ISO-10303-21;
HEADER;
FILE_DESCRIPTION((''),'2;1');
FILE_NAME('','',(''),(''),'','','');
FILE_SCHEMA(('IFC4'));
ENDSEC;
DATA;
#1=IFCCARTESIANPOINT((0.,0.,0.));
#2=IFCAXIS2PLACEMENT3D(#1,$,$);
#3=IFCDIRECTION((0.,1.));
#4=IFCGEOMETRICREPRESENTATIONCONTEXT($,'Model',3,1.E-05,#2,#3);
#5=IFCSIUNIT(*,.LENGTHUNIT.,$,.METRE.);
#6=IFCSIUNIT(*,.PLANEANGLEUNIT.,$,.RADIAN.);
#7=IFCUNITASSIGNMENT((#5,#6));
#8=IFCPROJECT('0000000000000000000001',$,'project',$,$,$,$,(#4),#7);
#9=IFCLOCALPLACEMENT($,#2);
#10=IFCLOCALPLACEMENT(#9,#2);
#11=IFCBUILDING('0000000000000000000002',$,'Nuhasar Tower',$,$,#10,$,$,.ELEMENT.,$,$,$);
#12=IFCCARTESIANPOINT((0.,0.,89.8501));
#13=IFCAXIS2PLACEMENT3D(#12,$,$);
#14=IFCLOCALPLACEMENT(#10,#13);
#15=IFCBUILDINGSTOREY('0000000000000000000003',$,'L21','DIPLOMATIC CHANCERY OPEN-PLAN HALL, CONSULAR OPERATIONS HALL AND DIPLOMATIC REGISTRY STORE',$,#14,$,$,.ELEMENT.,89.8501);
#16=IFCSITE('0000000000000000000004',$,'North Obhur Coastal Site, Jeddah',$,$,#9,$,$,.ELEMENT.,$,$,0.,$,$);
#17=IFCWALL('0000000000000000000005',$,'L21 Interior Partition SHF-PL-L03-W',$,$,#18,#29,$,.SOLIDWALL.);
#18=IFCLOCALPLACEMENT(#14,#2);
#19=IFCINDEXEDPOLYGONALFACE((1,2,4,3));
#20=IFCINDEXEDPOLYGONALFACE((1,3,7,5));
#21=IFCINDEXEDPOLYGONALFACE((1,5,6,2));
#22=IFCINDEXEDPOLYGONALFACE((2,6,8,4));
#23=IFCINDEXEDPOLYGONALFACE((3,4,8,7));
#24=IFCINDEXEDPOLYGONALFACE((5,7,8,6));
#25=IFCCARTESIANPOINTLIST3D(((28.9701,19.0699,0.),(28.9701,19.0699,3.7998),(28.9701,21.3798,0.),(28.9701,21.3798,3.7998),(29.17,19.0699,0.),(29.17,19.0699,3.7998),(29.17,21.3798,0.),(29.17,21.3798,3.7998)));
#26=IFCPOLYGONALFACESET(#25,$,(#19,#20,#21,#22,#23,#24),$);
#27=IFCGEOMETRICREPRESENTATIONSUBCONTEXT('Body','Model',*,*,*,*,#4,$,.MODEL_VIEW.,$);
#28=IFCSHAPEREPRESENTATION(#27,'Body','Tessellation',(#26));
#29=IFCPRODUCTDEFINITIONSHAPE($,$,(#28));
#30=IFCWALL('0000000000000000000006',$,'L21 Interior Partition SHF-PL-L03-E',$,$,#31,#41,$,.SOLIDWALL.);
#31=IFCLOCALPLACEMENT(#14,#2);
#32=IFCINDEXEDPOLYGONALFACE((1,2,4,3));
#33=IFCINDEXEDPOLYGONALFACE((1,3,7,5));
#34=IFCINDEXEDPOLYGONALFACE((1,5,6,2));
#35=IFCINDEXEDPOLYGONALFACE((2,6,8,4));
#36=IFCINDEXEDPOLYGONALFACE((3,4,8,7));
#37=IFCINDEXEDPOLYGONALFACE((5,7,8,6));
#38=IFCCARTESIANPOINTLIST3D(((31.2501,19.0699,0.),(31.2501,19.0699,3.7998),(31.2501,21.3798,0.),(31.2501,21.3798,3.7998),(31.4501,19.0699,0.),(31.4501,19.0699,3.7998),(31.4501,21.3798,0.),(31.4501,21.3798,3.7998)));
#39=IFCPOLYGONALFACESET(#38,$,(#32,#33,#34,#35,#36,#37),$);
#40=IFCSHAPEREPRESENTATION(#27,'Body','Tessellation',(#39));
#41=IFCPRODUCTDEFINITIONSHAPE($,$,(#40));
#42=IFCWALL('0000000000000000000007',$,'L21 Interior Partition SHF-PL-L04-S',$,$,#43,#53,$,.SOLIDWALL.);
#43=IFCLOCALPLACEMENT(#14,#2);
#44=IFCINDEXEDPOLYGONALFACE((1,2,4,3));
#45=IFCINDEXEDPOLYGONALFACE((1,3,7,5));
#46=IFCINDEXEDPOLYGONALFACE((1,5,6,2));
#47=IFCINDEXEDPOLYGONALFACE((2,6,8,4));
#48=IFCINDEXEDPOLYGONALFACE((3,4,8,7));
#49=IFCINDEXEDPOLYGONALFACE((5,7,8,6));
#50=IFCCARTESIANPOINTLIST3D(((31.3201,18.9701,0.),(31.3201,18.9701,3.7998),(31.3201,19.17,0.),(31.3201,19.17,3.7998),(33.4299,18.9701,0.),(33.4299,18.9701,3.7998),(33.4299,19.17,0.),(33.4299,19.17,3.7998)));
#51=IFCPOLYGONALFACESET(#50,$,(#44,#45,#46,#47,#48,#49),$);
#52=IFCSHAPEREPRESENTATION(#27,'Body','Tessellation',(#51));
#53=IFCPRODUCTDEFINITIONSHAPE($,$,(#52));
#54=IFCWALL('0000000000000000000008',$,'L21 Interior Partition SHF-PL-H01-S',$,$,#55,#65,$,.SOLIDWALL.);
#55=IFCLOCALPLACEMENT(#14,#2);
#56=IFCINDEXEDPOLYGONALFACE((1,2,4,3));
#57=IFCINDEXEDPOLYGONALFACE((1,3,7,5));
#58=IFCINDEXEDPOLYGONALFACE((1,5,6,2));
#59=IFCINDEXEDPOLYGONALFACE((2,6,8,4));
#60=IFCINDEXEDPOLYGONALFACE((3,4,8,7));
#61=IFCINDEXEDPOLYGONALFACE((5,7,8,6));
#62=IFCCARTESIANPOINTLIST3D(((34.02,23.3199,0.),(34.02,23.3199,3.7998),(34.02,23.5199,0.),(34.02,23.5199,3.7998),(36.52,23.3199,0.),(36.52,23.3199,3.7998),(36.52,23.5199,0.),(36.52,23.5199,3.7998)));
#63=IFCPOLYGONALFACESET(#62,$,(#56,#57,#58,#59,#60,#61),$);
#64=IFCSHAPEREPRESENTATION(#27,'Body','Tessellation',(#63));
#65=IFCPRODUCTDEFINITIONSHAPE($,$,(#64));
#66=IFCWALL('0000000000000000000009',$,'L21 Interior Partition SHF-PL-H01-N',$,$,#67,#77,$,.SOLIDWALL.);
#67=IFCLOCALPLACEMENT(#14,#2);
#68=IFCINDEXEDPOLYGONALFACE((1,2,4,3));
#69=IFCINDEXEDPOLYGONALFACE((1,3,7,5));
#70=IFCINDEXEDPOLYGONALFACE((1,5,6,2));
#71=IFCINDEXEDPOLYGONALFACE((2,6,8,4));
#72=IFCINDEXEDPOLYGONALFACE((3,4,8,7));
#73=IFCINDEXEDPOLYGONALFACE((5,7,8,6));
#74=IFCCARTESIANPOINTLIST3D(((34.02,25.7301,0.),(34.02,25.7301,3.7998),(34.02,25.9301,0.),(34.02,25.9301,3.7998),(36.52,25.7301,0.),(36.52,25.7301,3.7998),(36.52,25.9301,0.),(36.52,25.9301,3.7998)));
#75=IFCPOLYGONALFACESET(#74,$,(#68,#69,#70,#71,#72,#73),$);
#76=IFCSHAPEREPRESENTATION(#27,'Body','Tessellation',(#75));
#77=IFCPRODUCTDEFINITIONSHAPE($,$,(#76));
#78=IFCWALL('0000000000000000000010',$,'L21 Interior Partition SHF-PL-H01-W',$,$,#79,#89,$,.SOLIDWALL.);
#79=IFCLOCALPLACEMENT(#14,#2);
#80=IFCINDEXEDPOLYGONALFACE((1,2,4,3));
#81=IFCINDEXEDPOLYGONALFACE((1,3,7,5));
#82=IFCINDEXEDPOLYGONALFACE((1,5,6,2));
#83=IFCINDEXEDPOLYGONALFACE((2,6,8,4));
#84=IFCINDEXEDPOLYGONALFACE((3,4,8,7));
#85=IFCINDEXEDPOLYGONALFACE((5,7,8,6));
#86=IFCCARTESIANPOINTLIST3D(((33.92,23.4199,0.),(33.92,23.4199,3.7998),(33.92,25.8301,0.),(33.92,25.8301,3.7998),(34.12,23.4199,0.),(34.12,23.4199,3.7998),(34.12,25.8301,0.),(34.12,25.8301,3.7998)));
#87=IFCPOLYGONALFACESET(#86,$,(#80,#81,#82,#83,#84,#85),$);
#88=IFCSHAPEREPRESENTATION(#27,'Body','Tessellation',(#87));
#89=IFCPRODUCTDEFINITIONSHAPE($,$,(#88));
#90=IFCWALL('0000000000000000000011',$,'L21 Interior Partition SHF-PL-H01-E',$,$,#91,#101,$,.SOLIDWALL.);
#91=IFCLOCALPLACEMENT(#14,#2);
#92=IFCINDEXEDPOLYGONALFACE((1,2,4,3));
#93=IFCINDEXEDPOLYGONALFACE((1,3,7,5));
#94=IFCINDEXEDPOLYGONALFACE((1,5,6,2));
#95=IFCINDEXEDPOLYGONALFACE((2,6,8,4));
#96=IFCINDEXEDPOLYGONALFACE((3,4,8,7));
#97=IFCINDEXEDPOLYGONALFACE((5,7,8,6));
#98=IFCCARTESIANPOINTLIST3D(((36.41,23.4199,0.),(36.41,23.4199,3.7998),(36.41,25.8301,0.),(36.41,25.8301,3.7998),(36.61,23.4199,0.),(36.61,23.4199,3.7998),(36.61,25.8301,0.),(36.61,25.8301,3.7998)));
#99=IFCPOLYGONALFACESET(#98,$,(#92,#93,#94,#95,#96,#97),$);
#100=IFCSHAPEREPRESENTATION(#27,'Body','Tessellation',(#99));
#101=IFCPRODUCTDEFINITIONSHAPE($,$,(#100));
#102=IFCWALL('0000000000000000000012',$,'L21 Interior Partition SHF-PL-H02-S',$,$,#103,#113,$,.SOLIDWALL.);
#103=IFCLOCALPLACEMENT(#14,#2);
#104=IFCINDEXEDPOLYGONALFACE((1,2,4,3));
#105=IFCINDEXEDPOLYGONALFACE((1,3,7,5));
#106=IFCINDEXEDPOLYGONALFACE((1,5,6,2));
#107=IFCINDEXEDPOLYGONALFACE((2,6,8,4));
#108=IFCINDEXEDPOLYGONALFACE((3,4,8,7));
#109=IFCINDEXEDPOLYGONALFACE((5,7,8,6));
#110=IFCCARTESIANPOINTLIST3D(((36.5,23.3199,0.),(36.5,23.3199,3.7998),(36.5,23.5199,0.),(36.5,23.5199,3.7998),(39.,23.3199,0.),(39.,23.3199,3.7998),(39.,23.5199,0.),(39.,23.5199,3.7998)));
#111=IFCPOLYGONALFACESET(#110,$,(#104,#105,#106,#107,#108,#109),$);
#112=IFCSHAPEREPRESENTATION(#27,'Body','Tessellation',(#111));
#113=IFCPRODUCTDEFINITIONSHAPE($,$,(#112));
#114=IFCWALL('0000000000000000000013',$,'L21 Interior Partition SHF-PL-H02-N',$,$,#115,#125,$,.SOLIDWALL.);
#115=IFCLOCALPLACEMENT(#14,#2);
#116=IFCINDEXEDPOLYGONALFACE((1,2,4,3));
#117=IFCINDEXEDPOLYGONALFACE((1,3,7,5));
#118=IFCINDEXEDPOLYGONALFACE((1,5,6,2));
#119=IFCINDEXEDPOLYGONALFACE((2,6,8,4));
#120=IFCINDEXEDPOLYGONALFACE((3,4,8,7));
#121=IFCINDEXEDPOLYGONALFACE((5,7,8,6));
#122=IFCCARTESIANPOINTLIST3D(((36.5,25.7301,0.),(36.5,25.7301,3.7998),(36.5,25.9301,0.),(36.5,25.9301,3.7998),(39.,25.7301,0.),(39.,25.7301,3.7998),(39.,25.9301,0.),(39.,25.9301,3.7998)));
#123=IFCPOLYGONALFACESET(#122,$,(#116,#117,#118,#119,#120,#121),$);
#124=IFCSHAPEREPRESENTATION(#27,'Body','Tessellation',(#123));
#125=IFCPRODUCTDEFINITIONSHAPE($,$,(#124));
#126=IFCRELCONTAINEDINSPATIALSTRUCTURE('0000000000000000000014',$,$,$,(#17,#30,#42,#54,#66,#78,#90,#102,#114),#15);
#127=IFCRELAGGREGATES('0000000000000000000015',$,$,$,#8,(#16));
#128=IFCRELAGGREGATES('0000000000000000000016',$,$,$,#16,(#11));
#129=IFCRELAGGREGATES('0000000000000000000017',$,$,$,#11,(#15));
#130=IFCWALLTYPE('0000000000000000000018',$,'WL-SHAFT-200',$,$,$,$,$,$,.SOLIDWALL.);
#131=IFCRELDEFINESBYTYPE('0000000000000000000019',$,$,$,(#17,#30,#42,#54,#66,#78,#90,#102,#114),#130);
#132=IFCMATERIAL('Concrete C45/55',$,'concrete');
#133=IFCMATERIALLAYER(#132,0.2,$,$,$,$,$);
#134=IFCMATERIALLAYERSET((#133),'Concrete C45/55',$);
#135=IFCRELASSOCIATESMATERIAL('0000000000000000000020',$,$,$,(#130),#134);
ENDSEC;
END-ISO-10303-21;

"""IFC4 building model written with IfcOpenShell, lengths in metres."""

from ifc_helpers import new_model, si_unit, direction, frame, frame_2d, origin, place, context, subcontext, project, spatial, rectangle, extrude, material, layer, layer_set, type_object, element, save


model = new_model("IFC4")

# Units and contexts
model_context = context("Model", 3, precision=1e-05, world=origin(), true_north=direction((0.0, 1.0)))
body_context = subcontext(model_context, "Body", "Model", "MODEL_VIEW")
ifc_project = project(units=[si_unit("LENGTHUNIT", "METRE"), si_unit("PLANEANGLEUNIT", "RADIAN")], contexts=[model_context])

# Site, building, storey
site_placement = place(None, origin())
site = spatial("IfcSite", under=ifc_project, at=site_placement, Name="North Obhur Coastal Site, Jeddah", CompositionType="ELEMENT", RefElevation=0.0)
building_placement = place(site_placement, origin())
building = spatial("IfcBuilding", under=site, at=building_placement, Name="Nuhasar Tower", CompositionType="ELEMENT")
storey_placement = place(building_placement, frame((0.0, 0.0, 89.8501)))
storey = spatial("IfcBuildingStorey", under=building, at=storey_placement, Name="L21", Description="DIPLOMATIC CHANCERY OPEN-PLAN HALL, CONSULAR OPERATIONS HALL AND DIPLOMATIC REGISTRY STORE", CompositionType="ELEMENT", Elevation=89.8501)

# Shared definitions
ifc_material_1 = material(Name="Concrete C45/55", Category="concrete")
ifc_layer_1 = layer(ifc_material_1, 0.2)
ifc_layer_set_1 = layer_set([ifc_layer_1], Name="Concrete C45/55")
wall_type_1 = type_object("IfcWallType", Name="WL-SHAFT-200", PredefinedType="SOLIDWALL", material=ifc_layer_set_1)

# Walls
for number, where, z_axis, x_axis, name in (
    (1, (29.0701, 19.0701, 0.0), (0.0, 0.0, 1.0), (0.0, 1.0, 0.0), "L21 Interior Partition SHF-PL-L03-W"),
    (2, (31.3501, 19.0701, 0.0), (0.0, 0.0, 1.0), (0.0, 1.0, 0.0), "L21 Interior Partition SHF-PL-L03-E"),
):
    element("IfcWall", number, at=place(storey_placement, frame(where, z_axis=z_axis, x_axis=x_axis)), inside=storey, type_object=wall_type_1, Name=name, PredefinedType="SOLIDWALL", context=body_context, shape_type="SweptSolid", body=[
        extrude(rectangle(XDim=2.3098, YDim=0.2, at=frame_2d((1.1548, 0.0))), origin(), (0.0, 0.0, 1.0), 3.7998),
    ])
wall_1_placement = place(storey_placement, frame((31.3201, 19.0701, 0.0), z_axis=(0.0, 0.0, 1.0), x_axis=(1.0, 0.0, 0.0)))
element("IfcWall", 3, at=wall_1_placement, inside=storey, type_object=wall_type_1, Name="L21 Interior Partition SHF-PL-L04-S", PredefinedType="SOLIDWALL", context=body_context, shape_type="SweptSolid", body=[
    extrude(rectangle(XDim=2.1099, YDim=0.2, at=frame_2d((1.0549, 0.0))), origin(), (0.0, 0.0, 1.0), 3.7998),
])

# Walls
for number, where, z_axis, x_axis, name in (
    (4, (34.02, 23.4199, 0.0), (0.0, 0.0, 1.0), (1.0, 0.0, 0.0), "L21 Interior Partition SHF-PL-H01-S"),
    (5, (34.02, 25.8301, 0.0), (0.0, 0.0, 1.0), (1.0, 0.0, 0.0), "L21 Interior Partition SHF-PL-H01-N"),
):
    element("IfcWall", number, at=place(storey_placement, frame(where, z_axis=z_axis, x_axis=x_axis)), inside=storey, type_object=wall_type_1, Name=name, PredefinedType="SOLIDWALL", context=body_context, shape_type="SweptSolid", body=[
        extrude(rectangle(XDim=2.5, YDim=0.2, at=frame_2d((1.25, 0.0))), origin(), (0.0, 0.0, 1.0), 3.7998),
    ])
for number, where, z_axis, x_axis, name in (
    (6, (34.02, 23.4199, 0.0), (0.0, 0.0, 1.0), (0.0, 1.0, 0.0), "L21 Interior Partition SHF-PL-H01-W"),
    (7, (36.51, 23.4199, 0.0), (0.0, 0.0, 1.0), (0.0, 1.0, 0.0), "L21 Interior Partition SHF-PL-H01-E"),
):
    element("IfcWall", number, at=place(storey_placement, frame(where, z_axis=z_axis, x_axis=x_axis)), inside=storey, type_object=wall_type_1, Name=name, PredefinedType="SOLIDWALL", context=body_context, shape_type="SweptSolid", body=[
        extrude(rectangle(XDim=2.4102, YDim=0.2, at=frame_2d((1.2051, 0.0))), origin(), (0.0, 0.0, 1.0), 3.7998),
    ])
for number, where, z_axis, x_axis, name in (
    (8, (36.5, 23.4199, 0.0), (0.0, 0.0, 1.0), (1.0, 0.0, 0.0), "L21 Interior Partition SHF-PL-H02-S"),
    (9, (36.5, 25.8301, 0.0), (0.0, 0.0, 1.0), (1.0, 0.0, 0.0), "L21 Interior Partition SHF-PL-H02-N"),
):
    element("IfcWall", number, at=place(storey_placement, frame(where, z_axis=z_axis, x_axis=x_axis)), inside=storey, type_object=wall_type_1, Name=name, PredefinedType="SOLIDWALL", context=body_context, shape_type="SweptSolid", body=[
        extrude(rectangle(XDim=2.5, YDim=0.2, at=frame_2d((1.25, 0.0))), origin(), (0.0, 0.0, 1.0), 3.7998),
    ])

save(model, "model.ifc")
